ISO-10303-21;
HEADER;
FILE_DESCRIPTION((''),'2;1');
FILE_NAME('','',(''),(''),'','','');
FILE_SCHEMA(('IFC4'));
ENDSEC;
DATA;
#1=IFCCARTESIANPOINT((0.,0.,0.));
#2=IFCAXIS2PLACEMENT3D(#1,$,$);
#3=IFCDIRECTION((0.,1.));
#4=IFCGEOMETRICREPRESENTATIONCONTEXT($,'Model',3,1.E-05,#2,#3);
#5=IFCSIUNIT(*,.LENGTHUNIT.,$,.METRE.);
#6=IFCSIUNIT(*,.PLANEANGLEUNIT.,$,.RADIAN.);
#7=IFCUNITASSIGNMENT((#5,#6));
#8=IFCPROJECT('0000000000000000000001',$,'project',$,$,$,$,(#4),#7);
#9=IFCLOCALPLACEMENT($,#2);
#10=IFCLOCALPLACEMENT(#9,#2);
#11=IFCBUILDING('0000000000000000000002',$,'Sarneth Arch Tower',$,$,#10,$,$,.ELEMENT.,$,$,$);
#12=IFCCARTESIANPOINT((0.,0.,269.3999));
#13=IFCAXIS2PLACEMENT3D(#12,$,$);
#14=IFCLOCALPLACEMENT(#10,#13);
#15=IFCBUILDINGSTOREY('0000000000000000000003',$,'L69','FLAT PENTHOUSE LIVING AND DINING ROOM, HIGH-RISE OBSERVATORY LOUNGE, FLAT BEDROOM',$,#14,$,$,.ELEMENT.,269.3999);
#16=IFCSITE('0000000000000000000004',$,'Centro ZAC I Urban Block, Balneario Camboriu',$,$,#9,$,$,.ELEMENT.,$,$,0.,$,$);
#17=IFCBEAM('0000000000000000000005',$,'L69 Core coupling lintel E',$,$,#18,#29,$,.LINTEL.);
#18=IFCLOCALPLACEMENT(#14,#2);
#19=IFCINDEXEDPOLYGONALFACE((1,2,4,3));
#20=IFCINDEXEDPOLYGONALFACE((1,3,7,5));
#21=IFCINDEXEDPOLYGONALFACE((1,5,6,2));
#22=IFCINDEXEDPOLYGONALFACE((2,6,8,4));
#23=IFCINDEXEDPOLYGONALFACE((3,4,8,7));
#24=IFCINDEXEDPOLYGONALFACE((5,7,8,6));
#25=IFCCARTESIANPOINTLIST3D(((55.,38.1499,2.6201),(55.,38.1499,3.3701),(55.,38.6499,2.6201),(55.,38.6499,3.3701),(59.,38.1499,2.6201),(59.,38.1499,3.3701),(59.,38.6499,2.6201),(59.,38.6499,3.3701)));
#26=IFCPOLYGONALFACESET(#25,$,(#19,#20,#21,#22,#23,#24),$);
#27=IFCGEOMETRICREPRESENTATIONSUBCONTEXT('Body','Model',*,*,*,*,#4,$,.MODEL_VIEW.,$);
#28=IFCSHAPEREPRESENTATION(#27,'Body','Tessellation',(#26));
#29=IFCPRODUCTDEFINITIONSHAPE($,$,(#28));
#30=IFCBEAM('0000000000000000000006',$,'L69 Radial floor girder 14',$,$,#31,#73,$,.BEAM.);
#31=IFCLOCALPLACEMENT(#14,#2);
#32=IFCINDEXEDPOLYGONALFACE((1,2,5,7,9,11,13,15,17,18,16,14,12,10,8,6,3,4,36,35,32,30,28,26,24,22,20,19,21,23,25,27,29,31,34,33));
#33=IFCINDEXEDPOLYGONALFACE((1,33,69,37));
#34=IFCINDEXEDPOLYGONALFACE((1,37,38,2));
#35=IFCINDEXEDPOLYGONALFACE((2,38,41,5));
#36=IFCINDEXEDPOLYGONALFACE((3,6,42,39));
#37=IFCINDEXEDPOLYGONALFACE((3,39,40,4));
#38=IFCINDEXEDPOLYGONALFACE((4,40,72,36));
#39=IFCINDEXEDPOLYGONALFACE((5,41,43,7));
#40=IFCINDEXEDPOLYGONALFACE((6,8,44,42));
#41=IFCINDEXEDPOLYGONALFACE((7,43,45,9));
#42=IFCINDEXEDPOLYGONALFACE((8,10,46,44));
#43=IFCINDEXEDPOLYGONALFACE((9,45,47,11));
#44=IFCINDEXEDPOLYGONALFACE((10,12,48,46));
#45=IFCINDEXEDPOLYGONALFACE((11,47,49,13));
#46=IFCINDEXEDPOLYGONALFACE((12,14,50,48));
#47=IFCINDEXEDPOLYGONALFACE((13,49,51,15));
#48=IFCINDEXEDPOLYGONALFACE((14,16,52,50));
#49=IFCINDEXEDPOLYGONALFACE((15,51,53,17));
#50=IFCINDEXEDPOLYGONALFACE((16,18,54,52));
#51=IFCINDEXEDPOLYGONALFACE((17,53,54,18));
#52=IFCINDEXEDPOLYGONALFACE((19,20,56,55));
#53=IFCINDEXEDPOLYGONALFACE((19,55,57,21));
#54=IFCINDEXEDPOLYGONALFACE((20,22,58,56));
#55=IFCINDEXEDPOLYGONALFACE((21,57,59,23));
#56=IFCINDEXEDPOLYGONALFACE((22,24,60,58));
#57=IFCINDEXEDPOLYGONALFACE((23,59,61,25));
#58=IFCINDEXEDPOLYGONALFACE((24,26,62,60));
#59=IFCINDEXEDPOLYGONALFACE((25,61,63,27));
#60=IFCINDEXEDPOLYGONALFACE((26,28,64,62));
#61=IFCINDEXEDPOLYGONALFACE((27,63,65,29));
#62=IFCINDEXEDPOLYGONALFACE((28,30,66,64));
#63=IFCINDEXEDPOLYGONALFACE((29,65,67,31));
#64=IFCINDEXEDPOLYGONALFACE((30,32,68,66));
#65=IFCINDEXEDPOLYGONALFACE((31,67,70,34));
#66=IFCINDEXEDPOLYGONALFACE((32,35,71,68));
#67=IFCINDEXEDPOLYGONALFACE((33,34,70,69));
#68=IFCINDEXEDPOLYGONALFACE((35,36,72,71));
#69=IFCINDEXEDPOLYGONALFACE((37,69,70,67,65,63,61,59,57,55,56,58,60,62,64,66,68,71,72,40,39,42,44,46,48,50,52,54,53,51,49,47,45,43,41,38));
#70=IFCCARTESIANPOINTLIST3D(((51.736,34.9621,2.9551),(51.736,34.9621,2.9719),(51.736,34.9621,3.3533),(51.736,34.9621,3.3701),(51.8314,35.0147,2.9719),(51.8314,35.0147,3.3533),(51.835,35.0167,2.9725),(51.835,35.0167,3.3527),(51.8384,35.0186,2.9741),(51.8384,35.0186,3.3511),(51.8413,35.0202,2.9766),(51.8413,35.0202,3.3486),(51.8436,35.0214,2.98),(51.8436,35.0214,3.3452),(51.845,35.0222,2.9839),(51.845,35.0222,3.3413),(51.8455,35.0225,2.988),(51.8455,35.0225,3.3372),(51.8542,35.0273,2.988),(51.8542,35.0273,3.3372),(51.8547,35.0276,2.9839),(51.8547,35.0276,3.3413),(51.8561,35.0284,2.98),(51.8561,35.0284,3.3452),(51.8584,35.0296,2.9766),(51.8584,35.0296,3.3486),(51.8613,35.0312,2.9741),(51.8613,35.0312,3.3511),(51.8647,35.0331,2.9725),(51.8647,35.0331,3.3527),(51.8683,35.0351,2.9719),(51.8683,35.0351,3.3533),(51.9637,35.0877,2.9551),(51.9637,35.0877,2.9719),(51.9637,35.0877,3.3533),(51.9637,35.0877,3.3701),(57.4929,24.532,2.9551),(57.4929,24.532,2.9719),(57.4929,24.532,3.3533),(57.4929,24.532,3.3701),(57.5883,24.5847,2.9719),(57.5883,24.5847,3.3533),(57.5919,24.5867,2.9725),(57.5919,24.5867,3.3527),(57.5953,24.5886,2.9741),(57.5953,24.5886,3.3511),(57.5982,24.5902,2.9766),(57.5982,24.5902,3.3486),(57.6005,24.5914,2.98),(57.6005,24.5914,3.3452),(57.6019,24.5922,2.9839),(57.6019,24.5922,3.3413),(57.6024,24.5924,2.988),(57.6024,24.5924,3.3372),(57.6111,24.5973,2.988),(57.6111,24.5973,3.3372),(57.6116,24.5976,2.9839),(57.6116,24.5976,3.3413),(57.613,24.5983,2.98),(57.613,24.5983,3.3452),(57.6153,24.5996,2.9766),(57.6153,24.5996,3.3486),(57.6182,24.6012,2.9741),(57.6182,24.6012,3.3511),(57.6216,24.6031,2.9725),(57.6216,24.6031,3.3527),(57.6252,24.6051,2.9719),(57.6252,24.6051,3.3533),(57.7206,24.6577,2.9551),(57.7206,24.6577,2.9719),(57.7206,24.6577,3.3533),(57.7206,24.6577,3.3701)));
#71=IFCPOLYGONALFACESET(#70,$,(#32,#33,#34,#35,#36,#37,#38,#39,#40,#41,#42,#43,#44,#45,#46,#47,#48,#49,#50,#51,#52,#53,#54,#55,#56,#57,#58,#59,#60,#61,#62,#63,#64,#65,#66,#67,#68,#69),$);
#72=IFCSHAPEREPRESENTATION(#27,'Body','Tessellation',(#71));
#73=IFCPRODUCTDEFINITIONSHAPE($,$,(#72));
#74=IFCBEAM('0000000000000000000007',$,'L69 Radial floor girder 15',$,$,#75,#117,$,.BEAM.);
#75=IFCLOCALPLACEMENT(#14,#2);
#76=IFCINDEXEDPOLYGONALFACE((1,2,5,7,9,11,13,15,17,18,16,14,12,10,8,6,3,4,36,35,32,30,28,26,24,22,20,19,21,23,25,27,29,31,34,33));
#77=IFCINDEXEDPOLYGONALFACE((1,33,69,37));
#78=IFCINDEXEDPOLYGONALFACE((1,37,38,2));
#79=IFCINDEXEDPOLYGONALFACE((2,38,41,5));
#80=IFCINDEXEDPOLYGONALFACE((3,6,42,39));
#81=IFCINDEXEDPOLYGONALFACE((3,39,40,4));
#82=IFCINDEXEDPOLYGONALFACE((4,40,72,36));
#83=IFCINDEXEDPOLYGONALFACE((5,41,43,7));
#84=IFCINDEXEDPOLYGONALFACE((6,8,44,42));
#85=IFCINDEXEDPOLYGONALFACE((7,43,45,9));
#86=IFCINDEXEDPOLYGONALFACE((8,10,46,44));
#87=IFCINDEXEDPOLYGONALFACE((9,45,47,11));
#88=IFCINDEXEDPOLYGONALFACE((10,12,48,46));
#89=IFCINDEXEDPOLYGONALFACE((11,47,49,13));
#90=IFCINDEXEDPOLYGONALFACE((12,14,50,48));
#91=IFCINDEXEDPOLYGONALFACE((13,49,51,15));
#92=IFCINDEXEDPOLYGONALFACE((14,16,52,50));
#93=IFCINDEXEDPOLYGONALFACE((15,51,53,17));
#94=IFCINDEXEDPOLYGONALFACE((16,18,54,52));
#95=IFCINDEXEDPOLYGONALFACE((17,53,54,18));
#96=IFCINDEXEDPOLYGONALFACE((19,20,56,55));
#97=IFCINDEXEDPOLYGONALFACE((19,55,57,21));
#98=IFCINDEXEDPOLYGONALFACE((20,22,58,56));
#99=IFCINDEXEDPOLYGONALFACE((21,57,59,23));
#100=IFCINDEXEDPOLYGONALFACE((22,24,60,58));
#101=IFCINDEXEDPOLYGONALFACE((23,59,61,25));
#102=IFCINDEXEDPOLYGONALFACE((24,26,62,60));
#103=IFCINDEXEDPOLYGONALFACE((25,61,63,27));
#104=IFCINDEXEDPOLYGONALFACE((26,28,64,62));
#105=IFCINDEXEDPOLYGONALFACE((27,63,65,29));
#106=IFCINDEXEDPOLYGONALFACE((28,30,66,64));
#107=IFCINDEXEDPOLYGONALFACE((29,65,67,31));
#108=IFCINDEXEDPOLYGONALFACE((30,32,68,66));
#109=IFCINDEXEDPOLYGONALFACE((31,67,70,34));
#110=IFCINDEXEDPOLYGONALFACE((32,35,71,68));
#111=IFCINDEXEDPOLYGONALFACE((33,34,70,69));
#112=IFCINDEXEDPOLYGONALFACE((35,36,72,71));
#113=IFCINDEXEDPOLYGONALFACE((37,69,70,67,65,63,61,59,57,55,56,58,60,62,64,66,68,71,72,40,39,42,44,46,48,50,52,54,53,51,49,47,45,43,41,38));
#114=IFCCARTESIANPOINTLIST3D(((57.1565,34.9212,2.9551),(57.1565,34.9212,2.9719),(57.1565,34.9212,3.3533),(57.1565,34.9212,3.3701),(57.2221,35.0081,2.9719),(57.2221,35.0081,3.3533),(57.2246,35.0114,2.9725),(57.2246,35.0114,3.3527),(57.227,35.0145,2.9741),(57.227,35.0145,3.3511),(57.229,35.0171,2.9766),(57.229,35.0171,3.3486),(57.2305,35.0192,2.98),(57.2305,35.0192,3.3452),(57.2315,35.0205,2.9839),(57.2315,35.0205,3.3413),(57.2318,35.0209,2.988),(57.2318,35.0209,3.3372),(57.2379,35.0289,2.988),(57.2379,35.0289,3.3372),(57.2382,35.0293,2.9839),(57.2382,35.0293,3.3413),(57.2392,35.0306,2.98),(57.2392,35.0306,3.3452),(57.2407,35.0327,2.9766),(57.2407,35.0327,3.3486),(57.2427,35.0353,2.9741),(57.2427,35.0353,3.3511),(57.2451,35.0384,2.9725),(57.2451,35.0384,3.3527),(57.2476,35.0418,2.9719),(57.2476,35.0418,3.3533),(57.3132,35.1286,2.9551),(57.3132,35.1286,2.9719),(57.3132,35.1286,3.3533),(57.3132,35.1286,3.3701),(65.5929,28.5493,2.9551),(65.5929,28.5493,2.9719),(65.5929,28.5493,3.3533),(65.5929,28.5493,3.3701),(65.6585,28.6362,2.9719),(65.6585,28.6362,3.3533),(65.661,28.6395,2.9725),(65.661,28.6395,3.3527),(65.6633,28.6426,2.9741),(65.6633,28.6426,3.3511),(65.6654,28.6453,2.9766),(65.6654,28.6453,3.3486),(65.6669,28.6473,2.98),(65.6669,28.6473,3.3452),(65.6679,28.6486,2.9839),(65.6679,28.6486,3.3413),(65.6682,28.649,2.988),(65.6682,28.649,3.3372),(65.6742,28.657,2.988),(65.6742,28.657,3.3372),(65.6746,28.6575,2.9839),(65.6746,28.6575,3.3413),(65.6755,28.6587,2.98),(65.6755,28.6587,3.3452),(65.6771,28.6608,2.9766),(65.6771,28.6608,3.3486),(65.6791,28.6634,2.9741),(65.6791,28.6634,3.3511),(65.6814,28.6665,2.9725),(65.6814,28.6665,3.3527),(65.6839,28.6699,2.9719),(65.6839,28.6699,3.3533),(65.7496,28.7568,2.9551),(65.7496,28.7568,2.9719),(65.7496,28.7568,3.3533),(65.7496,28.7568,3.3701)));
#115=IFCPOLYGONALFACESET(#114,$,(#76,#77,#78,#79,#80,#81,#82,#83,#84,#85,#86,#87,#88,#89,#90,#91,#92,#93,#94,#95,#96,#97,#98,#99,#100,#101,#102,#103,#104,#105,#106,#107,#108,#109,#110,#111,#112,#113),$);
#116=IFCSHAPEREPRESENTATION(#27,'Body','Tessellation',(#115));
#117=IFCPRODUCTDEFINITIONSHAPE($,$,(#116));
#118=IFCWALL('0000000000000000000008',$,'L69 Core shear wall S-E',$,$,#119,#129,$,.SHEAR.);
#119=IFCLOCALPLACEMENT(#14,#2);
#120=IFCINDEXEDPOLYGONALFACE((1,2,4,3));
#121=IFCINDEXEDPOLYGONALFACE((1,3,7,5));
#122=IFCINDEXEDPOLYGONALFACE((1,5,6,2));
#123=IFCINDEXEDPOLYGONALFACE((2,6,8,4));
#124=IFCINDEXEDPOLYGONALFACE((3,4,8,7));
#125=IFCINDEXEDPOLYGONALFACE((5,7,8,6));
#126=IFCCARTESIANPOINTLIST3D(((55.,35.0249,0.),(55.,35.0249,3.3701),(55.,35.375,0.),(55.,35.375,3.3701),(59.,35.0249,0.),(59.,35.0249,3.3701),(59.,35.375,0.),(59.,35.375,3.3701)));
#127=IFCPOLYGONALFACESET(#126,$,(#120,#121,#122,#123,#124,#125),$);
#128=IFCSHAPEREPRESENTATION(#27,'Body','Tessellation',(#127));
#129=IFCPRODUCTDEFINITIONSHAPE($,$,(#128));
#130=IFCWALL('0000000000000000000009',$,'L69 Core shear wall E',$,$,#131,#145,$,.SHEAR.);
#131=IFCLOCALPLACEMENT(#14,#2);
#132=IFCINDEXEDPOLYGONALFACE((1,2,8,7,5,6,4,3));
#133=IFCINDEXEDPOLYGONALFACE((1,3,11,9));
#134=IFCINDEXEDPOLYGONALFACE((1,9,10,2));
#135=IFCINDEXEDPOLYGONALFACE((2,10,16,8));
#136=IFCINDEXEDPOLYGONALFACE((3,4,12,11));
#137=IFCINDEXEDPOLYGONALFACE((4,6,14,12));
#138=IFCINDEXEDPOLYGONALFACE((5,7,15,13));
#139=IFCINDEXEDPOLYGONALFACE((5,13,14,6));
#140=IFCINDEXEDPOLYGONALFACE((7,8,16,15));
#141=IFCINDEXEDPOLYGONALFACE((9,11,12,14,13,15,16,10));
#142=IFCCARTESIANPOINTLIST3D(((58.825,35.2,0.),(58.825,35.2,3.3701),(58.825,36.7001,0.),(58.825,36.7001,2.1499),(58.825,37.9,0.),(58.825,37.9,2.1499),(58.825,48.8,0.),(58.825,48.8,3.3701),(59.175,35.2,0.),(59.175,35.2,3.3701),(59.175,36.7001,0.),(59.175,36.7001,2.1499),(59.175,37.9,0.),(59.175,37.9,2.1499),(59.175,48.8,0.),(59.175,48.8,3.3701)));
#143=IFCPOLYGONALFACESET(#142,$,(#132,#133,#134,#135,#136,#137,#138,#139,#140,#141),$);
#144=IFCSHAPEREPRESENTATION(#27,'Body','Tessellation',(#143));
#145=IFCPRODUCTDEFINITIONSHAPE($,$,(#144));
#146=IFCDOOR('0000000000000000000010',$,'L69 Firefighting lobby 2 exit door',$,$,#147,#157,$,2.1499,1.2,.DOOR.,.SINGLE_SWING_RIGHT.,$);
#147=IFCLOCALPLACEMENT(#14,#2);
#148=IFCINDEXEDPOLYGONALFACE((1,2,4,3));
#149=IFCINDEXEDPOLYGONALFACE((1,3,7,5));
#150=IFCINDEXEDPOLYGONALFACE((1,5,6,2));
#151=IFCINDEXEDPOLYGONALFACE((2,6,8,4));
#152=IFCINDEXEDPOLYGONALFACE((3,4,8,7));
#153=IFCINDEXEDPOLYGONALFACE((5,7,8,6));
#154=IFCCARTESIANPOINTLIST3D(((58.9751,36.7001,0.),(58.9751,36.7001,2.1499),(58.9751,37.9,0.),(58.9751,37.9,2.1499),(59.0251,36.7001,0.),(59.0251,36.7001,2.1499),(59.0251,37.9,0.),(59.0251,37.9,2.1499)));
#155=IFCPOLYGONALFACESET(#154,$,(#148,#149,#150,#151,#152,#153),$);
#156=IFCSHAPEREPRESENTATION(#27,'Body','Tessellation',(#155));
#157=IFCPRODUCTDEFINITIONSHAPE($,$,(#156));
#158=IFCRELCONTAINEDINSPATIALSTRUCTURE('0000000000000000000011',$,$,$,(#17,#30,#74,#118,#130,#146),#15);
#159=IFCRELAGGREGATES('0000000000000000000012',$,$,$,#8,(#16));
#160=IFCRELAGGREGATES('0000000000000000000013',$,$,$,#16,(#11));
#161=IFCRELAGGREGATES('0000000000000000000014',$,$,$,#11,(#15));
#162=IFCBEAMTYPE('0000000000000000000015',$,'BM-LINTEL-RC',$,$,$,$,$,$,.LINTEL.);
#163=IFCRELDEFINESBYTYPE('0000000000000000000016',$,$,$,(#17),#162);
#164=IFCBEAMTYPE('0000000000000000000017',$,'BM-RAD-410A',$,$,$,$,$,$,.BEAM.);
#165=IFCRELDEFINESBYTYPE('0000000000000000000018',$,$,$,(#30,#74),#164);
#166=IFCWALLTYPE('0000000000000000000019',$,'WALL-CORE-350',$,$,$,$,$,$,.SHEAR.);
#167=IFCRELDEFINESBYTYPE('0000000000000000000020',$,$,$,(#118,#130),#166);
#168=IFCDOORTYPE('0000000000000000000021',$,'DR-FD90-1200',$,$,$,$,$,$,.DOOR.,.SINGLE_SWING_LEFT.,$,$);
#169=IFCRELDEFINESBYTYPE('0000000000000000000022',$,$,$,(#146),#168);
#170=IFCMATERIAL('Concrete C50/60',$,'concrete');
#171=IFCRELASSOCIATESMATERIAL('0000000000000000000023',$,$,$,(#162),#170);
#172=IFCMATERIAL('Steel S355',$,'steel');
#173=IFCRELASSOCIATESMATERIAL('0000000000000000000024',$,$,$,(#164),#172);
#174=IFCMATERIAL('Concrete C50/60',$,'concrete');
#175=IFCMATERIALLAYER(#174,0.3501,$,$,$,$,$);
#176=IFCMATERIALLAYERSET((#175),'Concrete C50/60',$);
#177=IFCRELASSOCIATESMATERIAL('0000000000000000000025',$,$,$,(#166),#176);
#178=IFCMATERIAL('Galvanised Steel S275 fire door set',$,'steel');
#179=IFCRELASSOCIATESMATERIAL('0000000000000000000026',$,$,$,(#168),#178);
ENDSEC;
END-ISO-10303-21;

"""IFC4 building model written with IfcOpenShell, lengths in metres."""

from ifc_helpers import new_model, si_unit, direction, frame, frame_2d, origin, origin_2d, place, context, subcontext, project, spatial, rectangle, i_section, extrude, material, layer, layer_set, material_profile, profile_set, type_object, element, fill, save


model = new_model("IFC4")

# Units and contexts
model_context = context("Model", 3, precision=1e-05, world=origin(), true_north=direction((0.0, 1.0)))
body_context = subcontext(model_context, "Body", "Model", "MODEL_VIEW")
ifc_project = project(units=[si_unit("LENGTHUNIT", "METRE"), si_unit("PLANEANGLEUNIT", "RADIAN")], contexts=[model_context])

# Site, building, storey
site_placement = place(None, origin())
site = spatial("IfcSite", under=ifc_project, at=site_placement, Name="Centro ZAC I Urban Block, Balneario Camboriu", CompositionType="ELEMENT", RefElevation=0.0)
building_placement = place(site_placement, origin())
building = spatial("IfcBuilding", under=site, at=building_placement, Name="Sarneth Arch Tower", CompositionType="ELEMENT")
storey_placement = place(building_placement, frame((0.0, 0.0, 269.3999)))
storey = spatial("IfcBuildingStorey", under=building, at=storey_placement, Name="L69", Description="FLAT PENTHOUSE LIVING AND DINING ROOM, HIGH-RISE OBSERVATORY LOUNGE, FLAT BEDROOM", CompositionType="ELEMENT", Elevation=269.3999)

# Beams
ifc_material_1 = material(Name="Concrete C50/60", Category="concrete")
ifc_material_profile_1 = material_profile(ifc_material_1, rectangle(XDim=0.5, YDim=0.75, at=origin_2d()), Name="RC-500x750")
ifc_profile_set_1 = profile_set([ifc_material_profile_1], Name="Concrete C50/60")
beam_type_1 = type_object("IfcBeamType", Name="BM-LINTEL-RC", PredefinedType="LINTEL", material=ifc_profile_set_1)
beam_1_placement = place(storey_placement, frame((55.0, 38.3999, 2.9951), z_axis=(1.0, 0.0, 0.0), x_axis=(0.0, 1.0, 0.0)))
element("IfcBeam", 1, at=beam_1_placement, inside=storey, type_object=beam_type_1, Name="L69 Core coupling lintel E", PredefinedType="LINTEL", context=body_context, shape_type="SweptSolid", body=[
    extrude(rectangle(XDim=0.5, YDim=0.75, at=origin_2d()), origin(), (0.0, 0.0, 1.0), 4.0),
])
ifc_material_2 = material(Name="Steel S355", Category="steel")
ifc_material_profile_2 = material_profile(ifc_material_2, i_section(OverallWidth=0.26, OverallDepth=0.415, WebThickness=0.01, FlangeThickness=0.0168, FilletRadius=0.0161, at=origin_2d()), Name="W410x100")
ifc_profile_set_2 = profile_set([ifc_material_profile_2], Name="Steel S355")
beam_type_2 = type_object("IfcBeamType", Name="BM-RAD-410A", PredefinedType="BEAM", material=ifc_profile_set_2)
beam_2_placement = place(storey_placement, frame((51.8499, 35.0249, 3.1626), z_axis=(0.483231, -0.875493, 0.0), x_axis=(0.875493, 0.483231, 0.0)))
element("IfcBeam", 2, at=beam_2_placement, inside=storey, type_object=beam_type_2, Name="L69 Radial floor girder 14", PredefinedType="BEAM", context=body_context, shape_type="SweptSolid", body=[
    extrude(i_section(OverallWidth=0.26, OverallDepth=0.415, WebThickness=0.01, FlangeThickness=0.0168, FilletRadius=0.0161, at=origin_2d()), origin(), (0.0, 0.0, 1.0), 11.9133),
])
beam_3_placement = place(storey_placement, frame((57.2349, 35.0249, 3.1626), z_axis=(0.79797, -0.602698, 0.0), x_axis=(0.602698, 0.79797, 0.0)))
element("IfcBeam", 3, at=beam_3_placement, inside=storey, type_object=beam_type_2, Name="L69 Radial floor girder 15", PredefinedType="BEAM", context=body_context, shape_type="SweptSolid", body=[
    extrude(i_section(OverallWidth=0.26, OverallDepth=0.415, WebThickness=0.01, FlangeThickness=0.0168, FilletRadius=0.0161, at=origin_2d()), origin(), (0.0, 0.0, 1.0), 10.5723),
])

# Wall
ifc_material_3 = material(Name="Concrete C50/60", Category="concrete")
ifc_layer_1 = layer(ifc_material_3, 0.3501)
ifc_layer_set_1 = layer_set([ifc_layer_1], Name="Concrete C50/60")
wall_type_1 = type_object("IfcWallType", Name="WALL-CORE-350", PredefinedType="SHEAR", material=ifc_layer_set_1)
wall_1_placement = place(storey_placement, frame((55.0, 35.2, 0.0), z_axis=(0.0, 0.0, 1.0), x_axis=(1.0, 0.0, 0.0)))
element("IfcWall", 4, at=wall_1_placement, inside=storey, type_object=wall_type_1, Name="L69 Core shear wall S-E", PredefinedType="SHEAR", context=body_context, shape_type="SweptSolid", body=[
    extrude(rectangle(XDim=4.0, YDim=0.3501, at=frame_2d((2.0, 0.0))), origin(), (0.0, 0.0, 1.0), 3.3701),
])

# Wall, opening, door
wall_2_placement = place(storey_placement, frame((59.0, 35.2, 0.0), z_axis=(0.0, 0.0, 1.0), x_axis=(0.0, 1.0, 0.0)))
wall_2 = element("IfcWall", 5, at=wall_2_placement, inside=storey, type_object=wall_type_1, Name="L69 Core shear wall E", PredefinedType="SHEAR", context=body_context, shape_type="SweptSolid", body=[
    extrude(rectangle(XDim=13.6001, YDim=0.3501, at=frame_2d((6.8, 0.0))), origin(), (0.0, 0.0, 1.0), 3.3701),
])
opening_1_placement = place(wall_2_placement, frame((1.5, 0.0, 0.0)))
opening_1 = element("IfcOpeningElement", 6, at=opening_1_placement, cuts=wall_2, PredefinedType="OPENING", context=body_context, shape_type="SweptSolid", body=[
    extrude(rectangle(XDim=1.2, YDim=2.1499, at=frame_2d((0.6001, 1.075))), frame((0.0, 0.1851, 0.0), z_axis=(0.0, -1.0, 0.0), x_axis=(1.0, 0.0, 0.0)), (0.0, 0.0, 1.0), 0.3701),
])
ifc_material_4 = material(Name="Galvanised Steel S275 fire door set", Category="steel")
door_type_1 = type_object("IfcDoorType", Name="DR-FD90-1200", OperationType="SINGLE_SWING_LEFT", PredefinedType="DOOR", material=ifc_material_4)
door_1_placement = place(opening_1_placement, origin())
door_1 = element("IfcDoor", 7, at=door_1_placement, inside=storey, type_object=door_type_1, Name="L69 Firefighting lobby 2 exit door", OperationType="SINGLE_SWING_RIGHT", OverallHeight=2.1499, OverallWidth=1.2, PredefinedType="DOOR", context=body_context, shape_type="SweptSolid", body=[
    extrude(rectangle(XDim=1.2, YDim=2.1499, at=frame_2d((0.6001, 1.075))), frame((0.0, 0.0249, 0.0), z_axis=(0.0, -1.0, 0.0), x_axis=(1.0, 0.0, 0.0)), (0.0, 0.0, 1.0), 0.05),
])
fill(opening_1, door_1)

save(model, "model.ifc")
